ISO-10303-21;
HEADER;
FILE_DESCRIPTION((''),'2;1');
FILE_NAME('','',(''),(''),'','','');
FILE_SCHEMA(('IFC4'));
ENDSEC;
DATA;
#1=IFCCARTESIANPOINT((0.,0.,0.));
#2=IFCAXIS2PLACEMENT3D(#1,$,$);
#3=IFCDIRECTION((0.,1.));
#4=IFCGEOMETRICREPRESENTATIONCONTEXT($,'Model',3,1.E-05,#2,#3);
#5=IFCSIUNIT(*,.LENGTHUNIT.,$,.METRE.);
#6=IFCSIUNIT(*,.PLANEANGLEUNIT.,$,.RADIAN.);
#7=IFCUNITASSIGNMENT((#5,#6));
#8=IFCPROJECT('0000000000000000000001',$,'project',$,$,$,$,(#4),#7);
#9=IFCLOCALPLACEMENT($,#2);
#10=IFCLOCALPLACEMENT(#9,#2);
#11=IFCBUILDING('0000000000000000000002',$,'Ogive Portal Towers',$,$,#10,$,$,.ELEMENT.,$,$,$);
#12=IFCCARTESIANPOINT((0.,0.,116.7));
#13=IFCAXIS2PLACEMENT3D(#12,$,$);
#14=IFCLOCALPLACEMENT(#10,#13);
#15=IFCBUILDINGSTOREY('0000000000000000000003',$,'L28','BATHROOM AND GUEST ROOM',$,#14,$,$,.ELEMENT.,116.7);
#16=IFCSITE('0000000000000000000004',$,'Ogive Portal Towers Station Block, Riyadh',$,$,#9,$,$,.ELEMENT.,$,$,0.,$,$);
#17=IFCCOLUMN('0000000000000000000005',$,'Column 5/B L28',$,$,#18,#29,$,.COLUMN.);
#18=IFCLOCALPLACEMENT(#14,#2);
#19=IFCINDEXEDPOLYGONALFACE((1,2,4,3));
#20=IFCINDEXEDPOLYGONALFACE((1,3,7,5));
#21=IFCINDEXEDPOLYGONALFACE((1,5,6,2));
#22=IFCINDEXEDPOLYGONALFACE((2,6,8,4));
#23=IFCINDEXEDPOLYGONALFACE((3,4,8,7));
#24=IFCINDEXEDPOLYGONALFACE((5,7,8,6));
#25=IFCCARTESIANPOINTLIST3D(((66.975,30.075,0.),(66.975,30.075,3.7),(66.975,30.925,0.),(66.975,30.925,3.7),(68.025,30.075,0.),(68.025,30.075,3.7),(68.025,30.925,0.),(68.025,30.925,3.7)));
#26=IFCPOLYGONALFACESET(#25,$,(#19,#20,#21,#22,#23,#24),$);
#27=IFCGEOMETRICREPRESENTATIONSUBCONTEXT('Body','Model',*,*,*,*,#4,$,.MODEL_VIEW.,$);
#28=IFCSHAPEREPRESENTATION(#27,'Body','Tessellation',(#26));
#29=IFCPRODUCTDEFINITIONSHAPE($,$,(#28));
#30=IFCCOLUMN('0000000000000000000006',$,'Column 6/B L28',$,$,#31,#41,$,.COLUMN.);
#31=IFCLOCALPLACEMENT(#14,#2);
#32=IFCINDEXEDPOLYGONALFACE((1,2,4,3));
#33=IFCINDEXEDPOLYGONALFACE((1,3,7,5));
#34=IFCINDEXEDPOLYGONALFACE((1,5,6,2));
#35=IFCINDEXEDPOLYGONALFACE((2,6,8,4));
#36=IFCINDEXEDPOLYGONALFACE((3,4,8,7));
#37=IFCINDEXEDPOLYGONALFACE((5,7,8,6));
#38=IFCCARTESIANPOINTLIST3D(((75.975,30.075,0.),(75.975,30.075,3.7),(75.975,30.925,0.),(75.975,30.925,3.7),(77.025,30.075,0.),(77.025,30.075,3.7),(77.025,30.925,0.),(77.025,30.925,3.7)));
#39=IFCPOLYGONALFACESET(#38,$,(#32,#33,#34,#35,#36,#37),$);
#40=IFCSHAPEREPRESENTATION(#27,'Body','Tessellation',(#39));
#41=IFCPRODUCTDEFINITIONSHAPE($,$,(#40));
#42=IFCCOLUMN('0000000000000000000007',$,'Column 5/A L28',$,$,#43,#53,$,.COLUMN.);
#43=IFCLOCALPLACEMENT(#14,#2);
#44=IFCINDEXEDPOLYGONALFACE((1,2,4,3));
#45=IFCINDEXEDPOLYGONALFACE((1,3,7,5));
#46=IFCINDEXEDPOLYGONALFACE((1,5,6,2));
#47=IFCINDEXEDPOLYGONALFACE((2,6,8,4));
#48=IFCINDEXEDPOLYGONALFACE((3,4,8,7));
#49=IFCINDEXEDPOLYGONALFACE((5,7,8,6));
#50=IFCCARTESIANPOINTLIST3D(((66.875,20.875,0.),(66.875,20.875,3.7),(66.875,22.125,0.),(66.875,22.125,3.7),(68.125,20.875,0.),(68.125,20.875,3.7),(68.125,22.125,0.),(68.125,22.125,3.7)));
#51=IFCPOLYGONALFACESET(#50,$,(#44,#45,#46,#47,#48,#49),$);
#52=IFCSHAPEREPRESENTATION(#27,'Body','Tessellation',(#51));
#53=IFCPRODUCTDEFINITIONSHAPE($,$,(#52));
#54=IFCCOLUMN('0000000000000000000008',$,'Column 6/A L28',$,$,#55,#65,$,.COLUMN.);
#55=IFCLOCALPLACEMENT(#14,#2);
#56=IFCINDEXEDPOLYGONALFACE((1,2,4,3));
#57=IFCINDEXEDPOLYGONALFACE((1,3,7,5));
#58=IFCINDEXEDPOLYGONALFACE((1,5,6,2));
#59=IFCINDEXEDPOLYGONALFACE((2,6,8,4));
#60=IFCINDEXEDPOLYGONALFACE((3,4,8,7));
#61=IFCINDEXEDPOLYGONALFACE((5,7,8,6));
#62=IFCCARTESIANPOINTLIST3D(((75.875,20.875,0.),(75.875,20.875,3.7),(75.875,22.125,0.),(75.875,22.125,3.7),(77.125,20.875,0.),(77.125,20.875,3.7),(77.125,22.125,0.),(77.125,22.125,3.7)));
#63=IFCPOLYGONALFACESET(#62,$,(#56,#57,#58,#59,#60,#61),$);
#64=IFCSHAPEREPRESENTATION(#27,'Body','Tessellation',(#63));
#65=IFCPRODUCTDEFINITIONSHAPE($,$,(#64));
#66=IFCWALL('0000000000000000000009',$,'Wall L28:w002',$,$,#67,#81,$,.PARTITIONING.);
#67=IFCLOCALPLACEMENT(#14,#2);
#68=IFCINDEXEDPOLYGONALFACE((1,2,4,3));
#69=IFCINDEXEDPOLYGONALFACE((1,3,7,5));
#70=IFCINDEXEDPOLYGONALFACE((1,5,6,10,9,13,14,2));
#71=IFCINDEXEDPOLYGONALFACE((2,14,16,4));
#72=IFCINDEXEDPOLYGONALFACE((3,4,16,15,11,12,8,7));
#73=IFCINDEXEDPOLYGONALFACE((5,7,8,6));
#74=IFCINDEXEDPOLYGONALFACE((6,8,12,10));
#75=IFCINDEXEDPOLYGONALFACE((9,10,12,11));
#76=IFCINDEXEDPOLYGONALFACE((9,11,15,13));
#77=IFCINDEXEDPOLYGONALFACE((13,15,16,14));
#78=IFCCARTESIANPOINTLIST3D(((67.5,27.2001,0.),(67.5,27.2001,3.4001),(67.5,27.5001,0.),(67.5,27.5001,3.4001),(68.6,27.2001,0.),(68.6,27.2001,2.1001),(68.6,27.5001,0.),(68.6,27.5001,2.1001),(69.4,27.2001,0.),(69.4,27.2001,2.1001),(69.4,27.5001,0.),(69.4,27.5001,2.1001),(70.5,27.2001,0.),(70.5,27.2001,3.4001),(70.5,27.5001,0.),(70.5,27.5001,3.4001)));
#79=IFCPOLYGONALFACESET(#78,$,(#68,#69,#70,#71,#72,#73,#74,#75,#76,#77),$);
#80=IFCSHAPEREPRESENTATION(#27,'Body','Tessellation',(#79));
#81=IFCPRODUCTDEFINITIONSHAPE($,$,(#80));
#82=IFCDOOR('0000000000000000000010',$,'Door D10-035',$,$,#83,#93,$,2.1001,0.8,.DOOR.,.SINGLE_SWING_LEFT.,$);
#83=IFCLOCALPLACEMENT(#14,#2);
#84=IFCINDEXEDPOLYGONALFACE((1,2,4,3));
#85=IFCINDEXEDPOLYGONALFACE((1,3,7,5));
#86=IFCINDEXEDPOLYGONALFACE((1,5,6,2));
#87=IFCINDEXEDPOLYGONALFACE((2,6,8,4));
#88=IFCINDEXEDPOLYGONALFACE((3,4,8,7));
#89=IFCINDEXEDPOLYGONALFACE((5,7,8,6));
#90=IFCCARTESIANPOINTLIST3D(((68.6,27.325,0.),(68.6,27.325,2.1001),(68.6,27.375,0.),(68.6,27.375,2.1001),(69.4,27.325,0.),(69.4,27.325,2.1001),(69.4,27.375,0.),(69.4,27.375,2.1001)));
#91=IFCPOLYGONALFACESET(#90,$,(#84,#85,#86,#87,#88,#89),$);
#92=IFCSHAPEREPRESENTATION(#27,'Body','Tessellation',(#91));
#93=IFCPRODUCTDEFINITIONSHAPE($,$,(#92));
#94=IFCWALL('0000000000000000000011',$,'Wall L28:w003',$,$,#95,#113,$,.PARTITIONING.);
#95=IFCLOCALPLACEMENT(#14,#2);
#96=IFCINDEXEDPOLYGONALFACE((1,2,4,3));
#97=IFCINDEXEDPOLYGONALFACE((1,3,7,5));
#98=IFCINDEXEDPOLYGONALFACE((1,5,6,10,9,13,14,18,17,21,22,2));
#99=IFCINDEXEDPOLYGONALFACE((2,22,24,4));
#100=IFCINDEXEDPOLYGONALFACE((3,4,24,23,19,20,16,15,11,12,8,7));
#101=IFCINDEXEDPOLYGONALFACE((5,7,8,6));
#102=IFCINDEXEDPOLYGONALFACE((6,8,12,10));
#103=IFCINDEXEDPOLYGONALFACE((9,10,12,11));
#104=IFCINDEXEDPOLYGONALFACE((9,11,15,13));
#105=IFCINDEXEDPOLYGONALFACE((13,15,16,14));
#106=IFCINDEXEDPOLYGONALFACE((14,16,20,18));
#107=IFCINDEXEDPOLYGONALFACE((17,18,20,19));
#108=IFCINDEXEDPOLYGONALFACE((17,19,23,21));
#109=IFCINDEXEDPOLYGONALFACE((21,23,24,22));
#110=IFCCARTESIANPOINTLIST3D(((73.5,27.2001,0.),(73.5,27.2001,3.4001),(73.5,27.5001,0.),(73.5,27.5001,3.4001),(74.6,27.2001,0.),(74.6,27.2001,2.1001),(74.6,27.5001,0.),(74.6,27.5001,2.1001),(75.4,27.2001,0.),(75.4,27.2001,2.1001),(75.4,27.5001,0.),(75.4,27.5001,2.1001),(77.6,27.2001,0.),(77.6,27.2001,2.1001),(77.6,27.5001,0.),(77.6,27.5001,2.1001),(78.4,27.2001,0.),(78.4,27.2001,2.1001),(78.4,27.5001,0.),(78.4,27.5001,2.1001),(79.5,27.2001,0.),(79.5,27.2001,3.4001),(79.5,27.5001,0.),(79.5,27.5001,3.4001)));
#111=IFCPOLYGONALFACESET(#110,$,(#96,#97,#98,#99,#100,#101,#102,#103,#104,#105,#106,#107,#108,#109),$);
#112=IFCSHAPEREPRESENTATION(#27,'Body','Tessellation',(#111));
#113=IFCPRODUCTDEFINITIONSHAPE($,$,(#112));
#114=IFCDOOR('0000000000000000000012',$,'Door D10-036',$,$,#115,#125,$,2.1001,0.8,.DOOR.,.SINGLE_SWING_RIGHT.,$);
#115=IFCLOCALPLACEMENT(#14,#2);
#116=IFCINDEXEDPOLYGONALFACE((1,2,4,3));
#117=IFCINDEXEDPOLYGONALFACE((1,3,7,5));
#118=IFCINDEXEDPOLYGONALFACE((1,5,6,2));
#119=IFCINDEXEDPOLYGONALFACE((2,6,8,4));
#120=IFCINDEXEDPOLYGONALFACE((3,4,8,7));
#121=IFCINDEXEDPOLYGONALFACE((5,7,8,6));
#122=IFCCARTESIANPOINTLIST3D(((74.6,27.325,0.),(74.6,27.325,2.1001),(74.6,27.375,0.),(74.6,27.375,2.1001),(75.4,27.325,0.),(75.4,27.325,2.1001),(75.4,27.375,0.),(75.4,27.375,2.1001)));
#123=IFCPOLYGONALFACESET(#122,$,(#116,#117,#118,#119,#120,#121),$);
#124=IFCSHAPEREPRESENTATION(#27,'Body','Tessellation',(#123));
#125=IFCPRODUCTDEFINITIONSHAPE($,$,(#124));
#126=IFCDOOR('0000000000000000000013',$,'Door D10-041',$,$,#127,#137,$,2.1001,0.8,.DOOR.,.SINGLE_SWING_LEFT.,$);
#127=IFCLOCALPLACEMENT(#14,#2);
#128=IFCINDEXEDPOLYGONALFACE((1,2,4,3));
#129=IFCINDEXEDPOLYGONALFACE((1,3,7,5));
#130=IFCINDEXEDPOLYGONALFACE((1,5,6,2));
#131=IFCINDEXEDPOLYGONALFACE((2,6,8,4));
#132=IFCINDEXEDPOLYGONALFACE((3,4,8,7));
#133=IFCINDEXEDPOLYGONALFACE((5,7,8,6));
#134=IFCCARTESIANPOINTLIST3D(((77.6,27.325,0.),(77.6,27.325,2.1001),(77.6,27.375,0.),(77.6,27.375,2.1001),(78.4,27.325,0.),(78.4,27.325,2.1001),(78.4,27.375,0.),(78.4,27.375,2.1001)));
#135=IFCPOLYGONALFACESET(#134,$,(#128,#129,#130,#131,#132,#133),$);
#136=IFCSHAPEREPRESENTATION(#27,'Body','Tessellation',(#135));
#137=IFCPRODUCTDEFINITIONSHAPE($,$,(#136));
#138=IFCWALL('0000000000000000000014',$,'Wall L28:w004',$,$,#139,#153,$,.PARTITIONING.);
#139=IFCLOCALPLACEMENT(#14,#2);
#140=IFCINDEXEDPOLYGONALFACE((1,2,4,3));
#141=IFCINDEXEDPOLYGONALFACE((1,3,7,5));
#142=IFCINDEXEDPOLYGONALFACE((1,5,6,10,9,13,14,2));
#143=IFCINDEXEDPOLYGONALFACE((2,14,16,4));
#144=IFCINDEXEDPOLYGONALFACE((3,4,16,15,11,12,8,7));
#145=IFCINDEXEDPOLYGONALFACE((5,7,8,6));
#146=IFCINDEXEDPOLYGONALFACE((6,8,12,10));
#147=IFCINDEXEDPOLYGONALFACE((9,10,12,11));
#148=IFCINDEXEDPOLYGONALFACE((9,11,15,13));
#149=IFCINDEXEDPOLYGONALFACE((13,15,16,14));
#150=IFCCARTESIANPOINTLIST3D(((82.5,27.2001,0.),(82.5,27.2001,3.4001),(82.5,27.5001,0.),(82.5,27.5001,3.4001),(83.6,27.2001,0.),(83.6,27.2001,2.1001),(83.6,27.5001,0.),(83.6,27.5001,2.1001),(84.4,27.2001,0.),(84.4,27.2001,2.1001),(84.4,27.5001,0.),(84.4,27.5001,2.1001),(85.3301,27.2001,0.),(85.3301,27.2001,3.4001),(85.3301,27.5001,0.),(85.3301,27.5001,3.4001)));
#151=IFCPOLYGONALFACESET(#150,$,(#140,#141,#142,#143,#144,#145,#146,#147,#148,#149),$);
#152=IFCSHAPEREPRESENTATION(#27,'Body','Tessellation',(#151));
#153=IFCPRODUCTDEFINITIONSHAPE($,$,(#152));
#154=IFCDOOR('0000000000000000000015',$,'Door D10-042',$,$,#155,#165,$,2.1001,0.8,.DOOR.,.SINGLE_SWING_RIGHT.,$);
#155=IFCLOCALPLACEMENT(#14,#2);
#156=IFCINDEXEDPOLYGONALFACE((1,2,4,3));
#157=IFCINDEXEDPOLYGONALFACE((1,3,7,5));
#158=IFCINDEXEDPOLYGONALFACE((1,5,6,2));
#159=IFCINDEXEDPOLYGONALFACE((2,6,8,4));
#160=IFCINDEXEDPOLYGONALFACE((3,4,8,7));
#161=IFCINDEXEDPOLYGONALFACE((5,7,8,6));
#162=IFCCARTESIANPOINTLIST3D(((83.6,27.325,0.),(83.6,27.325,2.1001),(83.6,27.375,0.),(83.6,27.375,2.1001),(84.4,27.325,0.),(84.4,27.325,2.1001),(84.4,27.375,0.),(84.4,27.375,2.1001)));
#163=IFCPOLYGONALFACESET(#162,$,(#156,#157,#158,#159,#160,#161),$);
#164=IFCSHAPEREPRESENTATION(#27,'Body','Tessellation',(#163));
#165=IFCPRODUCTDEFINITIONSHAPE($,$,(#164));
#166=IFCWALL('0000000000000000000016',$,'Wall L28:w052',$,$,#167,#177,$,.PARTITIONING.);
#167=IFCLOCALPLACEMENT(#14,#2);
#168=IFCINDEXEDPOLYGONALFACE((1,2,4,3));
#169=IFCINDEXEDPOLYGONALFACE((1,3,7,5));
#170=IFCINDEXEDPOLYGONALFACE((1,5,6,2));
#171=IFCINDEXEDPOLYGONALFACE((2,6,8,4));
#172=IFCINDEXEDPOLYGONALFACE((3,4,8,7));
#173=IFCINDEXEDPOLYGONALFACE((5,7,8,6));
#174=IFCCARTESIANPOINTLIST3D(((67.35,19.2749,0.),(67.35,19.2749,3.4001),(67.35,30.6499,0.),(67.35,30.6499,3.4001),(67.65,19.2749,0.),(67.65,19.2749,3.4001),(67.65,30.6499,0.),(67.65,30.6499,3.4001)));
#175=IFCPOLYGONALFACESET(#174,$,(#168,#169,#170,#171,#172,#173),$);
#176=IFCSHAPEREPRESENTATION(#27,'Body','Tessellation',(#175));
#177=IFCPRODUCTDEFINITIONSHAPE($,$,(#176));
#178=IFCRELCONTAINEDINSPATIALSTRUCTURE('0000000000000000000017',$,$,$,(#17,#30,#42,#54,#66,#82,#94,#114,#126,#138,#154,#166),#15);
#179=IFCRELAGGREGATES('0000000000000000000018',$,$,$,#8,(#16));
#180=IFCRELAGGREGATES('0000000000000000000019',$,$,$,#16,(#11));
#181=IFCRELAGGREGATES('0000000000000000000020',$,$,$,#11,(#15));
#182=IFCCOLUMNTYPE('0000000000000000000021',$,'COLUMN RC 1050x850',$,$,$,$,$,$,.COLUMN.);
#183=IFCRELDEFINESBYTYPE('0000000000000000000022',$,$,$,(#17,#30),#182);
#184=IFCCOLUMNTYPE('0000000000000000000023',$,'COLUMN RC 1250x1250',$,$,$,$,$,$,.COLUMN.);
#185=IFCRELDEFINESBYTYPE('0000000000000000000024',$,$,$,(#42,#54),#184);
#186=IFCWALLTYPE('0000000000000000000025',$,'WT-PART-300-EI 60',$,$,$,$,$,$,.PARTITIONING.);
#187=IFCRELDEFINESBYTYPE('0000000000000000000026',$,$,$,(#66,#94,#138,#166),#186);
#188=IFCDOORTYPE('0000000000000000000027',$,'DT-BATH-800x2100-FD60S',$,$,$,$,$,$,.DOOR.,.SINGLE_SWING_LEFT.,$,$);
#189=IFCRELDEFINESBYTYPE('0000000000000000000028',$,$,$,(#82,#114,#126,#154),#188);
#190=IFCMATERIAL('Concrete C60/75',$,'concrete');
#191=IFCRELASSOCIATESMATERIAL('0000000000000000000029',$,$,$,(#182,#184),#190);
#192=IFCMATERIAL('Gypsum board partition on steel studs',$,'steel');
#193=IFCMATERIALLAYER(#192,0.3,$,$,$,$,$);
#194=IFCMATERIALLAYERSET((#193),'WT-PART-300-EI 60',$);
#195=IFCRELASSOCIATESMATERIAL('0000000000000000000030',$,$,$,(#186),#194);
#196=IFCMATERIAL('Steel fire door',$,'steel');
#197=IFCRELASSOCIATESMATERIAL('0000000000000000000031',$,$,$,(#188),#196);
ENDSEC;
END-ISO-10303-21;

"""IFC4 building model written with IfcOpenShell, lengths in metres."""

from ifc_helpers import new_model, si_unit, direction, frame, frame_2d, origin, origin_2d, place, context, subcontext, project, spatial, rectangle, extrude, material, layer, layer_set, material_profile, profile_set, type_object, element, fill, save


model = new_model("IFC4")

# Units and contexts
model_context = context("Model", 3, precision=1e-05, world=origin(), true_north=direction((0.0, 1.0)))
body_context = subcontext(model_context, "Body", "Model", "MODEL_VIEW")
ifc_project = project(units=[si_unit("LENGTHUNIT", "METRE"), si_unit("PLANEANGLEUNIT", "RADIAN")], contexts=[model_context])

# Site, building, storey
site_placement = place(None, origin())
site = spatial("IfcSite", under=ifc_project, at=site_placement, Name="Ogive Portal Towers Station Block, Riyadh", CompositionType="ELEMENT", RefElevation=0.0)
building_placement = place(site_placement, origin())
building = spatial("IfcBuilding", under=site, at=building_placement, Name="Ogive Portal Towers", CompositionType="ELEMENT")
storey_placement = place(building_placement, frame((0.0, 0.0, 116.7)))
storey = spatial("IfcBuildingStorey", under=building, at=storey_placement, Name="L28", Description="BATHROOM AND GUEST ROOM", CompositionType="ELEMENT", Elevation=116.7)

# Columns
ifc_material_1 = material(Name="Concrete C60/75", Category="concrete")
ifc_material_profile_1 = material_profile(ifc_material_1, rectangle(XDim=1.05, YDim=0.8501, at=origin_2d()), Name="RC 1050x850")
ifc_profile_set_1 = profile_set([ifc_material_profile_1], Name="Concrete C60/75")
column_type_1 = type_object("IfcColumnType", Name="COLUMN RC 1050x850", PredefinedType="COLUMN", material=ifc_profile_set_1)
for number, where, z_axis, x_axis, name in (
    (1, (67.5, 30.5, 0.0), (0.0, 0.0, 1.0), (1.0, 0.0, 0.0), "Column 5/B L28"),
    (2, (76.5, 30.5, 0.0), (0.0, 0.0, 1.0), (1.0, 0.0, 0.0), "Column 6/B L28"),
):
    element("IfcColumn", number, at=place(storey_placement, frame(where, z_axis=z_axis, x_axis=x_axis)), inside=storey, type_object=column_type_1, Name=name, PredefinedType="COLUMN", context=body_context, shape_type="SweptSolid", body=[
        extrude(rectangle(XDim=1.05, YDim=0.8501, at=origin_2d()), origin(), (0.0, 0.0, 1.0), 3.7),
    ])
ifc_material_profile_2 = material_profile(ifc_material_1, rectangle(XDim=1.25, YDim=1.25, at=origin_2d()), Name="RC 1250x1250")
ifc_profile_set_2 = profile_set([ifc_material_profile_2], Name="Concrete C60/75")
column_type_2 = type_object("IfcColumnType", Name="COLUMN RC 1250x1250", PredefinedType="COLUMN", material=ifc_profile_set_2)
for number, where, z_axis, x_axis, name in (
    (3, (67.5, 21.5, 0.0), (0.0, 0.0, 1.0), (1.0, 0.0, 0.0), "Column 5/A L28"),
    (4, (76.5, 21.5, 0.0), (0.0, 0.0, 1.0), (1.0, 0.0, 0.0), "Column 6/A L28"),
):
    element("IfcColumn", number, at=place(storey_placement, frame(where, z_axis=z_axis, x_axis=x_axis)), inside=storey, type_object=column_type_2, Name=name, PredefinedType="COLUMN", context=body_context, shape_type="SweptSolid", body=[
        extrude(rectangle(XDim=1.25, YDim=1.25, at=origin_2d()), origin(), (0.0, 0.0, 1.0), 3.7),
    ])

# Wall, opening, door
ifc_material_2 = material(Name="Gypsum board partition on steel studs", Category="steel")
ifc_layer = layer(ifc_material_2, 0.3)
ifc_layer_set = layer_set([ifc_layer], Name="WT-PART-300-EI 60")
wall_type = type_object("IfcWallType", Name="WT-PART-300-EI 60", PredefinedType="PARTITIONING", material=ifc_layer_set)
wall_1_placement = place(storey_placement, frame((67.5, 27.3501, 0.0), z_axis=(0.0, 0.0, 1.0), x_axis=(1.0, 0.0, 0.0)))
wall_1 = element("IfcWall", 5, at=wall_1_placement, inside=storey, type_object=wall_type, Name="Wall L28:w002", PredefinedType="PARTITIONING", context=body_context, shape_type="SweptSolid", body=[
    extrude(rectangle(XDim=3.0, YDim=0.3, at=frame_2d((1.5, 0.0))), origin(), (0.0, 0.0, 1.0), 3.4001),
])
opening_1_placement = place(wall_1_placement, frame((1.1001, 0.0, 0.0)))
opening_1 = element("IfcOpeningElement", 6, at=opening_1_placement, cuts=wall_1, PredefinedType="OPENING", context=body_context, shape_type="SweptSolid", body=[
    extrude(rectangle(XDim=0.8, YDim=2.1001, at=frame_2d((0.3999, 1.05))), frame((0.0, 0.1602, 0.0), z_axis=(0.0, -1.0, 0.0), x_axis=(1.0, 0.0, 0.0)), (0.0, 0.0, 1.0), 0.3201),
])
ifc_material_3 = material(Name="Steel fire door", Category="steel")
door_type = type_object("IfcDoorType", Name="DT-BATH-800x2100-FD60S", OperationType="SINGLE_SWING_LEFT", PredefinedType="DOOR", material=ifc_material_3)
door_1_placement = place(opening_1_placement, origin())
door_1 = element("IfcDoor", 7, at=door_1_placement, inside=storey, type_object=door_type, Name="Door D10-035", OperationType="SINGLE_SWING_LEFT", OverallHeight=2.1001, OverallWidth=0.8, PredefinedType="DOOR", context=body_context, shape_type="SweptSolid", body=[
    extrude(rectangle(XDim=0.8, YDim=2.1001, at=frame_2d((0.3999, 1.05))), frame((0.0, 0.0249, 0.0), z_axis=(0.0, -1.0, 0.0), x_axis=(1.0, 0.0, 0.0)), (0.0, 0.0, 1.0), 0.05),
])
fill(opening_1, door_1)

# Wall, openings, doors
wall_2_placement = place(storey_placement, frame((73.5, 27.3501, 0.0), z_axis=(0.0, 0.0, 1.0), x_axis=(1.0, 0.0, 0.0)))
wall_2 = element("IfcWall", 8, at=wall_2_placement, inside=storey, type_object=wall_type, Name="Wall L28:w003", PredefinedType="PARTITIONING", context=body_context, shape_type="SweptSolid", body=[
    extrude(rectangle(XDim=6.0, YDim=0.3, at=frame_2d((3.0, 0.0))), origin(), (0.0, 0.0, 1.0), 3.4001),
])
opening_2_placement = place(wall_2_placement, frame((1.1001, 0.0, 0.0)))
opening_2 = element("IfcOpeningElement", 9, at=opening_2_placement, cuts=wall_2, PredefinedType="OPENING", context=body_context, shape_type="SweptSolid", body=[
    extrude(rectangle(XDim=0.8, YDim=2.1001, at=frame_2d((0.3999, 1.05))), frame((0.0, 0.1602, 0.0), z_axis=(0.0, -1.0, 0.0), x_axis=(1.0, 0.0, 0.0)), (0.0, 0.0, 1.0), 0.3201),
])
opening_3_placement = place(wall_2_placement, frame((4.1001, 0.0, 0.0)))
opening_3 = element("IfcOpeningElement", 10, at=opening_3_placement, cuts=wall_2, PredefinedType="OPENING", context=body_context, shape_type="SweptSolid", body=[
    extrude(rectangle(XDim=0.8, YDim=2.1001, at=frame_2d((0.3999, 1.05))), frame((0.0, 0.1602, 0.0), z_axis=(0.0, -1.0, 0.0), x_axis=(1.0, 0.0, 0.0)), (0.0, 0.0, 1.0), 0.3201),
])
door_2_placement = place(opening_2_placement, origin())
door_2 = element("IfcDoor", 11, at=door_2_placement, inside=storey, type_object=door_type, Name="Door D10-036", OperationType="SINGLE_SWING_RIGHT", OverallHeight=2.1001, OverallWidth=0.8, PredefinedType="DOOR", context=body_context, shape_type="SweptSolid", body=[
    extrude(rectangle(XDim=0.8, YDim=2.1001, at=frame_2d((0.3999, 1.05))), frame((0.0, 0.0249, 0.0), z_axis=(0.0, -1.0, 0.0), x_axis=(1.0, 0.0, 0.0)), (0.0, 0.0, 1.0), 0.05),
])
fill(opening_2, door_2)
door_3_placement = place(opening_3_placement, origin())
door_3 = element("IfcDoor", 12, at=door_3_placement, inside=storey, type_object=door_type, Name="Door D10-041", OperationType="SINGLE_SWING_LEFT", OverallHeight=2.1001, OverallWidth=0.8, PredefinedType="DOOR", context=body_context, shape_type="SweptSolid", body=[
    extrude(rectangle(XDim=0.8, YDim=2.1001, at=frame_2d((0.3999, 1.05))), frame((0.0, 0.0249, 0.0), z_axis=(0.0, -1.0, 0.0), x_axis=(1.0, 0.0, 0.0)), (0.0, 0.0, 1.0), 0.05),
])
fill(opening_3, door_3)

# Wall, opening, door
wall_3_placement = place(storey_placement, frame((82.5, 27.3501, 0.0), z_axis=(0.0, 0.0, 1.0), x_axis=(1.0, 0.0, 0.0)))
wall_3 = element("IfcWall", 13, at=wall_3_placement, inside=storey, type_object=wall_type, Name="Wall L28:w004", PredefinedType="PARTITIONING", context=body_context, shape_type="SweptSolid", body=[
    extrude(rectangle(XDim=2.8301, YDim=0.3, at=frame_2d((1.415, 0.0))), origin(), (0.0, 0.0, 1.0), 3.4001),
])
opening_4_placement = place(wall_3_placement, frame((1.1001, 0.0, 0.0)))
opening_4 = element("IfcOpeningElement", 14, at=opening_4_placement, cuts=wall_3, PredefinedType="OPENING", context=body_context, shape_type="SweptSolid", body=[
    extrude(rectangle(XDim=0.8, YDim=2.1001, at=frame_2d((0.3999, 1.05))), frame((0.0, 0.1602, 0.0), z_axis=(0.0, -1.0, 0.0), x_axis=(1.0, 0.0, 0.0)), (0.0, 0.0, 1.0), 0.3201),
])
door_4_placement = place(opening_4_placement, origin())
door_4 = element("IfcDoor", 15, at=door_4_placement, inside=storey, type_object=door_type, Name="Door D10-042", OperationType="SINGLE_SWING_RIGHT", OverallHeight=2.1001, OverallWidth=0.8, PredefinedType="DOOR", context=body_context, shape_type="SweptSolid", body=[
    extrude(rectangle(XDim=0.8, YDim=2.1001, at=frame_2d((0.3999, 1.05))), frame((0.0, 0.0249, 0.0), z_axis=(0.0, -1.0, 0.0), x_axis=(1.0, 0.0, 0.0)), (0.0, 0.0, 1.0), 0.05),
])
fill(opening_4, door_4)

# Wall
wall_4_placement = place(storey_placement, frame((67.5, 19.2749, 0.0), z_axis=(0.0, 0.0, 1.0), x_axis=(0.0, 1.0, 0.0)))
element("IfcWall", 16, at=wall_4_placement, inside=storey, type_object=wall_type, Name="Wall L28:w052", PredefinedType="PARTITIONING", context=body_context, shape_type="SweptSolid", body=[
    extrude(rectangle(XDim=11.375, YDim=0.3, at=frame_2d((5.6875, 0.0))), origin(), (0.0, 0.0, 1.0), 3.4001),
])

save(model, "model.ifc")
